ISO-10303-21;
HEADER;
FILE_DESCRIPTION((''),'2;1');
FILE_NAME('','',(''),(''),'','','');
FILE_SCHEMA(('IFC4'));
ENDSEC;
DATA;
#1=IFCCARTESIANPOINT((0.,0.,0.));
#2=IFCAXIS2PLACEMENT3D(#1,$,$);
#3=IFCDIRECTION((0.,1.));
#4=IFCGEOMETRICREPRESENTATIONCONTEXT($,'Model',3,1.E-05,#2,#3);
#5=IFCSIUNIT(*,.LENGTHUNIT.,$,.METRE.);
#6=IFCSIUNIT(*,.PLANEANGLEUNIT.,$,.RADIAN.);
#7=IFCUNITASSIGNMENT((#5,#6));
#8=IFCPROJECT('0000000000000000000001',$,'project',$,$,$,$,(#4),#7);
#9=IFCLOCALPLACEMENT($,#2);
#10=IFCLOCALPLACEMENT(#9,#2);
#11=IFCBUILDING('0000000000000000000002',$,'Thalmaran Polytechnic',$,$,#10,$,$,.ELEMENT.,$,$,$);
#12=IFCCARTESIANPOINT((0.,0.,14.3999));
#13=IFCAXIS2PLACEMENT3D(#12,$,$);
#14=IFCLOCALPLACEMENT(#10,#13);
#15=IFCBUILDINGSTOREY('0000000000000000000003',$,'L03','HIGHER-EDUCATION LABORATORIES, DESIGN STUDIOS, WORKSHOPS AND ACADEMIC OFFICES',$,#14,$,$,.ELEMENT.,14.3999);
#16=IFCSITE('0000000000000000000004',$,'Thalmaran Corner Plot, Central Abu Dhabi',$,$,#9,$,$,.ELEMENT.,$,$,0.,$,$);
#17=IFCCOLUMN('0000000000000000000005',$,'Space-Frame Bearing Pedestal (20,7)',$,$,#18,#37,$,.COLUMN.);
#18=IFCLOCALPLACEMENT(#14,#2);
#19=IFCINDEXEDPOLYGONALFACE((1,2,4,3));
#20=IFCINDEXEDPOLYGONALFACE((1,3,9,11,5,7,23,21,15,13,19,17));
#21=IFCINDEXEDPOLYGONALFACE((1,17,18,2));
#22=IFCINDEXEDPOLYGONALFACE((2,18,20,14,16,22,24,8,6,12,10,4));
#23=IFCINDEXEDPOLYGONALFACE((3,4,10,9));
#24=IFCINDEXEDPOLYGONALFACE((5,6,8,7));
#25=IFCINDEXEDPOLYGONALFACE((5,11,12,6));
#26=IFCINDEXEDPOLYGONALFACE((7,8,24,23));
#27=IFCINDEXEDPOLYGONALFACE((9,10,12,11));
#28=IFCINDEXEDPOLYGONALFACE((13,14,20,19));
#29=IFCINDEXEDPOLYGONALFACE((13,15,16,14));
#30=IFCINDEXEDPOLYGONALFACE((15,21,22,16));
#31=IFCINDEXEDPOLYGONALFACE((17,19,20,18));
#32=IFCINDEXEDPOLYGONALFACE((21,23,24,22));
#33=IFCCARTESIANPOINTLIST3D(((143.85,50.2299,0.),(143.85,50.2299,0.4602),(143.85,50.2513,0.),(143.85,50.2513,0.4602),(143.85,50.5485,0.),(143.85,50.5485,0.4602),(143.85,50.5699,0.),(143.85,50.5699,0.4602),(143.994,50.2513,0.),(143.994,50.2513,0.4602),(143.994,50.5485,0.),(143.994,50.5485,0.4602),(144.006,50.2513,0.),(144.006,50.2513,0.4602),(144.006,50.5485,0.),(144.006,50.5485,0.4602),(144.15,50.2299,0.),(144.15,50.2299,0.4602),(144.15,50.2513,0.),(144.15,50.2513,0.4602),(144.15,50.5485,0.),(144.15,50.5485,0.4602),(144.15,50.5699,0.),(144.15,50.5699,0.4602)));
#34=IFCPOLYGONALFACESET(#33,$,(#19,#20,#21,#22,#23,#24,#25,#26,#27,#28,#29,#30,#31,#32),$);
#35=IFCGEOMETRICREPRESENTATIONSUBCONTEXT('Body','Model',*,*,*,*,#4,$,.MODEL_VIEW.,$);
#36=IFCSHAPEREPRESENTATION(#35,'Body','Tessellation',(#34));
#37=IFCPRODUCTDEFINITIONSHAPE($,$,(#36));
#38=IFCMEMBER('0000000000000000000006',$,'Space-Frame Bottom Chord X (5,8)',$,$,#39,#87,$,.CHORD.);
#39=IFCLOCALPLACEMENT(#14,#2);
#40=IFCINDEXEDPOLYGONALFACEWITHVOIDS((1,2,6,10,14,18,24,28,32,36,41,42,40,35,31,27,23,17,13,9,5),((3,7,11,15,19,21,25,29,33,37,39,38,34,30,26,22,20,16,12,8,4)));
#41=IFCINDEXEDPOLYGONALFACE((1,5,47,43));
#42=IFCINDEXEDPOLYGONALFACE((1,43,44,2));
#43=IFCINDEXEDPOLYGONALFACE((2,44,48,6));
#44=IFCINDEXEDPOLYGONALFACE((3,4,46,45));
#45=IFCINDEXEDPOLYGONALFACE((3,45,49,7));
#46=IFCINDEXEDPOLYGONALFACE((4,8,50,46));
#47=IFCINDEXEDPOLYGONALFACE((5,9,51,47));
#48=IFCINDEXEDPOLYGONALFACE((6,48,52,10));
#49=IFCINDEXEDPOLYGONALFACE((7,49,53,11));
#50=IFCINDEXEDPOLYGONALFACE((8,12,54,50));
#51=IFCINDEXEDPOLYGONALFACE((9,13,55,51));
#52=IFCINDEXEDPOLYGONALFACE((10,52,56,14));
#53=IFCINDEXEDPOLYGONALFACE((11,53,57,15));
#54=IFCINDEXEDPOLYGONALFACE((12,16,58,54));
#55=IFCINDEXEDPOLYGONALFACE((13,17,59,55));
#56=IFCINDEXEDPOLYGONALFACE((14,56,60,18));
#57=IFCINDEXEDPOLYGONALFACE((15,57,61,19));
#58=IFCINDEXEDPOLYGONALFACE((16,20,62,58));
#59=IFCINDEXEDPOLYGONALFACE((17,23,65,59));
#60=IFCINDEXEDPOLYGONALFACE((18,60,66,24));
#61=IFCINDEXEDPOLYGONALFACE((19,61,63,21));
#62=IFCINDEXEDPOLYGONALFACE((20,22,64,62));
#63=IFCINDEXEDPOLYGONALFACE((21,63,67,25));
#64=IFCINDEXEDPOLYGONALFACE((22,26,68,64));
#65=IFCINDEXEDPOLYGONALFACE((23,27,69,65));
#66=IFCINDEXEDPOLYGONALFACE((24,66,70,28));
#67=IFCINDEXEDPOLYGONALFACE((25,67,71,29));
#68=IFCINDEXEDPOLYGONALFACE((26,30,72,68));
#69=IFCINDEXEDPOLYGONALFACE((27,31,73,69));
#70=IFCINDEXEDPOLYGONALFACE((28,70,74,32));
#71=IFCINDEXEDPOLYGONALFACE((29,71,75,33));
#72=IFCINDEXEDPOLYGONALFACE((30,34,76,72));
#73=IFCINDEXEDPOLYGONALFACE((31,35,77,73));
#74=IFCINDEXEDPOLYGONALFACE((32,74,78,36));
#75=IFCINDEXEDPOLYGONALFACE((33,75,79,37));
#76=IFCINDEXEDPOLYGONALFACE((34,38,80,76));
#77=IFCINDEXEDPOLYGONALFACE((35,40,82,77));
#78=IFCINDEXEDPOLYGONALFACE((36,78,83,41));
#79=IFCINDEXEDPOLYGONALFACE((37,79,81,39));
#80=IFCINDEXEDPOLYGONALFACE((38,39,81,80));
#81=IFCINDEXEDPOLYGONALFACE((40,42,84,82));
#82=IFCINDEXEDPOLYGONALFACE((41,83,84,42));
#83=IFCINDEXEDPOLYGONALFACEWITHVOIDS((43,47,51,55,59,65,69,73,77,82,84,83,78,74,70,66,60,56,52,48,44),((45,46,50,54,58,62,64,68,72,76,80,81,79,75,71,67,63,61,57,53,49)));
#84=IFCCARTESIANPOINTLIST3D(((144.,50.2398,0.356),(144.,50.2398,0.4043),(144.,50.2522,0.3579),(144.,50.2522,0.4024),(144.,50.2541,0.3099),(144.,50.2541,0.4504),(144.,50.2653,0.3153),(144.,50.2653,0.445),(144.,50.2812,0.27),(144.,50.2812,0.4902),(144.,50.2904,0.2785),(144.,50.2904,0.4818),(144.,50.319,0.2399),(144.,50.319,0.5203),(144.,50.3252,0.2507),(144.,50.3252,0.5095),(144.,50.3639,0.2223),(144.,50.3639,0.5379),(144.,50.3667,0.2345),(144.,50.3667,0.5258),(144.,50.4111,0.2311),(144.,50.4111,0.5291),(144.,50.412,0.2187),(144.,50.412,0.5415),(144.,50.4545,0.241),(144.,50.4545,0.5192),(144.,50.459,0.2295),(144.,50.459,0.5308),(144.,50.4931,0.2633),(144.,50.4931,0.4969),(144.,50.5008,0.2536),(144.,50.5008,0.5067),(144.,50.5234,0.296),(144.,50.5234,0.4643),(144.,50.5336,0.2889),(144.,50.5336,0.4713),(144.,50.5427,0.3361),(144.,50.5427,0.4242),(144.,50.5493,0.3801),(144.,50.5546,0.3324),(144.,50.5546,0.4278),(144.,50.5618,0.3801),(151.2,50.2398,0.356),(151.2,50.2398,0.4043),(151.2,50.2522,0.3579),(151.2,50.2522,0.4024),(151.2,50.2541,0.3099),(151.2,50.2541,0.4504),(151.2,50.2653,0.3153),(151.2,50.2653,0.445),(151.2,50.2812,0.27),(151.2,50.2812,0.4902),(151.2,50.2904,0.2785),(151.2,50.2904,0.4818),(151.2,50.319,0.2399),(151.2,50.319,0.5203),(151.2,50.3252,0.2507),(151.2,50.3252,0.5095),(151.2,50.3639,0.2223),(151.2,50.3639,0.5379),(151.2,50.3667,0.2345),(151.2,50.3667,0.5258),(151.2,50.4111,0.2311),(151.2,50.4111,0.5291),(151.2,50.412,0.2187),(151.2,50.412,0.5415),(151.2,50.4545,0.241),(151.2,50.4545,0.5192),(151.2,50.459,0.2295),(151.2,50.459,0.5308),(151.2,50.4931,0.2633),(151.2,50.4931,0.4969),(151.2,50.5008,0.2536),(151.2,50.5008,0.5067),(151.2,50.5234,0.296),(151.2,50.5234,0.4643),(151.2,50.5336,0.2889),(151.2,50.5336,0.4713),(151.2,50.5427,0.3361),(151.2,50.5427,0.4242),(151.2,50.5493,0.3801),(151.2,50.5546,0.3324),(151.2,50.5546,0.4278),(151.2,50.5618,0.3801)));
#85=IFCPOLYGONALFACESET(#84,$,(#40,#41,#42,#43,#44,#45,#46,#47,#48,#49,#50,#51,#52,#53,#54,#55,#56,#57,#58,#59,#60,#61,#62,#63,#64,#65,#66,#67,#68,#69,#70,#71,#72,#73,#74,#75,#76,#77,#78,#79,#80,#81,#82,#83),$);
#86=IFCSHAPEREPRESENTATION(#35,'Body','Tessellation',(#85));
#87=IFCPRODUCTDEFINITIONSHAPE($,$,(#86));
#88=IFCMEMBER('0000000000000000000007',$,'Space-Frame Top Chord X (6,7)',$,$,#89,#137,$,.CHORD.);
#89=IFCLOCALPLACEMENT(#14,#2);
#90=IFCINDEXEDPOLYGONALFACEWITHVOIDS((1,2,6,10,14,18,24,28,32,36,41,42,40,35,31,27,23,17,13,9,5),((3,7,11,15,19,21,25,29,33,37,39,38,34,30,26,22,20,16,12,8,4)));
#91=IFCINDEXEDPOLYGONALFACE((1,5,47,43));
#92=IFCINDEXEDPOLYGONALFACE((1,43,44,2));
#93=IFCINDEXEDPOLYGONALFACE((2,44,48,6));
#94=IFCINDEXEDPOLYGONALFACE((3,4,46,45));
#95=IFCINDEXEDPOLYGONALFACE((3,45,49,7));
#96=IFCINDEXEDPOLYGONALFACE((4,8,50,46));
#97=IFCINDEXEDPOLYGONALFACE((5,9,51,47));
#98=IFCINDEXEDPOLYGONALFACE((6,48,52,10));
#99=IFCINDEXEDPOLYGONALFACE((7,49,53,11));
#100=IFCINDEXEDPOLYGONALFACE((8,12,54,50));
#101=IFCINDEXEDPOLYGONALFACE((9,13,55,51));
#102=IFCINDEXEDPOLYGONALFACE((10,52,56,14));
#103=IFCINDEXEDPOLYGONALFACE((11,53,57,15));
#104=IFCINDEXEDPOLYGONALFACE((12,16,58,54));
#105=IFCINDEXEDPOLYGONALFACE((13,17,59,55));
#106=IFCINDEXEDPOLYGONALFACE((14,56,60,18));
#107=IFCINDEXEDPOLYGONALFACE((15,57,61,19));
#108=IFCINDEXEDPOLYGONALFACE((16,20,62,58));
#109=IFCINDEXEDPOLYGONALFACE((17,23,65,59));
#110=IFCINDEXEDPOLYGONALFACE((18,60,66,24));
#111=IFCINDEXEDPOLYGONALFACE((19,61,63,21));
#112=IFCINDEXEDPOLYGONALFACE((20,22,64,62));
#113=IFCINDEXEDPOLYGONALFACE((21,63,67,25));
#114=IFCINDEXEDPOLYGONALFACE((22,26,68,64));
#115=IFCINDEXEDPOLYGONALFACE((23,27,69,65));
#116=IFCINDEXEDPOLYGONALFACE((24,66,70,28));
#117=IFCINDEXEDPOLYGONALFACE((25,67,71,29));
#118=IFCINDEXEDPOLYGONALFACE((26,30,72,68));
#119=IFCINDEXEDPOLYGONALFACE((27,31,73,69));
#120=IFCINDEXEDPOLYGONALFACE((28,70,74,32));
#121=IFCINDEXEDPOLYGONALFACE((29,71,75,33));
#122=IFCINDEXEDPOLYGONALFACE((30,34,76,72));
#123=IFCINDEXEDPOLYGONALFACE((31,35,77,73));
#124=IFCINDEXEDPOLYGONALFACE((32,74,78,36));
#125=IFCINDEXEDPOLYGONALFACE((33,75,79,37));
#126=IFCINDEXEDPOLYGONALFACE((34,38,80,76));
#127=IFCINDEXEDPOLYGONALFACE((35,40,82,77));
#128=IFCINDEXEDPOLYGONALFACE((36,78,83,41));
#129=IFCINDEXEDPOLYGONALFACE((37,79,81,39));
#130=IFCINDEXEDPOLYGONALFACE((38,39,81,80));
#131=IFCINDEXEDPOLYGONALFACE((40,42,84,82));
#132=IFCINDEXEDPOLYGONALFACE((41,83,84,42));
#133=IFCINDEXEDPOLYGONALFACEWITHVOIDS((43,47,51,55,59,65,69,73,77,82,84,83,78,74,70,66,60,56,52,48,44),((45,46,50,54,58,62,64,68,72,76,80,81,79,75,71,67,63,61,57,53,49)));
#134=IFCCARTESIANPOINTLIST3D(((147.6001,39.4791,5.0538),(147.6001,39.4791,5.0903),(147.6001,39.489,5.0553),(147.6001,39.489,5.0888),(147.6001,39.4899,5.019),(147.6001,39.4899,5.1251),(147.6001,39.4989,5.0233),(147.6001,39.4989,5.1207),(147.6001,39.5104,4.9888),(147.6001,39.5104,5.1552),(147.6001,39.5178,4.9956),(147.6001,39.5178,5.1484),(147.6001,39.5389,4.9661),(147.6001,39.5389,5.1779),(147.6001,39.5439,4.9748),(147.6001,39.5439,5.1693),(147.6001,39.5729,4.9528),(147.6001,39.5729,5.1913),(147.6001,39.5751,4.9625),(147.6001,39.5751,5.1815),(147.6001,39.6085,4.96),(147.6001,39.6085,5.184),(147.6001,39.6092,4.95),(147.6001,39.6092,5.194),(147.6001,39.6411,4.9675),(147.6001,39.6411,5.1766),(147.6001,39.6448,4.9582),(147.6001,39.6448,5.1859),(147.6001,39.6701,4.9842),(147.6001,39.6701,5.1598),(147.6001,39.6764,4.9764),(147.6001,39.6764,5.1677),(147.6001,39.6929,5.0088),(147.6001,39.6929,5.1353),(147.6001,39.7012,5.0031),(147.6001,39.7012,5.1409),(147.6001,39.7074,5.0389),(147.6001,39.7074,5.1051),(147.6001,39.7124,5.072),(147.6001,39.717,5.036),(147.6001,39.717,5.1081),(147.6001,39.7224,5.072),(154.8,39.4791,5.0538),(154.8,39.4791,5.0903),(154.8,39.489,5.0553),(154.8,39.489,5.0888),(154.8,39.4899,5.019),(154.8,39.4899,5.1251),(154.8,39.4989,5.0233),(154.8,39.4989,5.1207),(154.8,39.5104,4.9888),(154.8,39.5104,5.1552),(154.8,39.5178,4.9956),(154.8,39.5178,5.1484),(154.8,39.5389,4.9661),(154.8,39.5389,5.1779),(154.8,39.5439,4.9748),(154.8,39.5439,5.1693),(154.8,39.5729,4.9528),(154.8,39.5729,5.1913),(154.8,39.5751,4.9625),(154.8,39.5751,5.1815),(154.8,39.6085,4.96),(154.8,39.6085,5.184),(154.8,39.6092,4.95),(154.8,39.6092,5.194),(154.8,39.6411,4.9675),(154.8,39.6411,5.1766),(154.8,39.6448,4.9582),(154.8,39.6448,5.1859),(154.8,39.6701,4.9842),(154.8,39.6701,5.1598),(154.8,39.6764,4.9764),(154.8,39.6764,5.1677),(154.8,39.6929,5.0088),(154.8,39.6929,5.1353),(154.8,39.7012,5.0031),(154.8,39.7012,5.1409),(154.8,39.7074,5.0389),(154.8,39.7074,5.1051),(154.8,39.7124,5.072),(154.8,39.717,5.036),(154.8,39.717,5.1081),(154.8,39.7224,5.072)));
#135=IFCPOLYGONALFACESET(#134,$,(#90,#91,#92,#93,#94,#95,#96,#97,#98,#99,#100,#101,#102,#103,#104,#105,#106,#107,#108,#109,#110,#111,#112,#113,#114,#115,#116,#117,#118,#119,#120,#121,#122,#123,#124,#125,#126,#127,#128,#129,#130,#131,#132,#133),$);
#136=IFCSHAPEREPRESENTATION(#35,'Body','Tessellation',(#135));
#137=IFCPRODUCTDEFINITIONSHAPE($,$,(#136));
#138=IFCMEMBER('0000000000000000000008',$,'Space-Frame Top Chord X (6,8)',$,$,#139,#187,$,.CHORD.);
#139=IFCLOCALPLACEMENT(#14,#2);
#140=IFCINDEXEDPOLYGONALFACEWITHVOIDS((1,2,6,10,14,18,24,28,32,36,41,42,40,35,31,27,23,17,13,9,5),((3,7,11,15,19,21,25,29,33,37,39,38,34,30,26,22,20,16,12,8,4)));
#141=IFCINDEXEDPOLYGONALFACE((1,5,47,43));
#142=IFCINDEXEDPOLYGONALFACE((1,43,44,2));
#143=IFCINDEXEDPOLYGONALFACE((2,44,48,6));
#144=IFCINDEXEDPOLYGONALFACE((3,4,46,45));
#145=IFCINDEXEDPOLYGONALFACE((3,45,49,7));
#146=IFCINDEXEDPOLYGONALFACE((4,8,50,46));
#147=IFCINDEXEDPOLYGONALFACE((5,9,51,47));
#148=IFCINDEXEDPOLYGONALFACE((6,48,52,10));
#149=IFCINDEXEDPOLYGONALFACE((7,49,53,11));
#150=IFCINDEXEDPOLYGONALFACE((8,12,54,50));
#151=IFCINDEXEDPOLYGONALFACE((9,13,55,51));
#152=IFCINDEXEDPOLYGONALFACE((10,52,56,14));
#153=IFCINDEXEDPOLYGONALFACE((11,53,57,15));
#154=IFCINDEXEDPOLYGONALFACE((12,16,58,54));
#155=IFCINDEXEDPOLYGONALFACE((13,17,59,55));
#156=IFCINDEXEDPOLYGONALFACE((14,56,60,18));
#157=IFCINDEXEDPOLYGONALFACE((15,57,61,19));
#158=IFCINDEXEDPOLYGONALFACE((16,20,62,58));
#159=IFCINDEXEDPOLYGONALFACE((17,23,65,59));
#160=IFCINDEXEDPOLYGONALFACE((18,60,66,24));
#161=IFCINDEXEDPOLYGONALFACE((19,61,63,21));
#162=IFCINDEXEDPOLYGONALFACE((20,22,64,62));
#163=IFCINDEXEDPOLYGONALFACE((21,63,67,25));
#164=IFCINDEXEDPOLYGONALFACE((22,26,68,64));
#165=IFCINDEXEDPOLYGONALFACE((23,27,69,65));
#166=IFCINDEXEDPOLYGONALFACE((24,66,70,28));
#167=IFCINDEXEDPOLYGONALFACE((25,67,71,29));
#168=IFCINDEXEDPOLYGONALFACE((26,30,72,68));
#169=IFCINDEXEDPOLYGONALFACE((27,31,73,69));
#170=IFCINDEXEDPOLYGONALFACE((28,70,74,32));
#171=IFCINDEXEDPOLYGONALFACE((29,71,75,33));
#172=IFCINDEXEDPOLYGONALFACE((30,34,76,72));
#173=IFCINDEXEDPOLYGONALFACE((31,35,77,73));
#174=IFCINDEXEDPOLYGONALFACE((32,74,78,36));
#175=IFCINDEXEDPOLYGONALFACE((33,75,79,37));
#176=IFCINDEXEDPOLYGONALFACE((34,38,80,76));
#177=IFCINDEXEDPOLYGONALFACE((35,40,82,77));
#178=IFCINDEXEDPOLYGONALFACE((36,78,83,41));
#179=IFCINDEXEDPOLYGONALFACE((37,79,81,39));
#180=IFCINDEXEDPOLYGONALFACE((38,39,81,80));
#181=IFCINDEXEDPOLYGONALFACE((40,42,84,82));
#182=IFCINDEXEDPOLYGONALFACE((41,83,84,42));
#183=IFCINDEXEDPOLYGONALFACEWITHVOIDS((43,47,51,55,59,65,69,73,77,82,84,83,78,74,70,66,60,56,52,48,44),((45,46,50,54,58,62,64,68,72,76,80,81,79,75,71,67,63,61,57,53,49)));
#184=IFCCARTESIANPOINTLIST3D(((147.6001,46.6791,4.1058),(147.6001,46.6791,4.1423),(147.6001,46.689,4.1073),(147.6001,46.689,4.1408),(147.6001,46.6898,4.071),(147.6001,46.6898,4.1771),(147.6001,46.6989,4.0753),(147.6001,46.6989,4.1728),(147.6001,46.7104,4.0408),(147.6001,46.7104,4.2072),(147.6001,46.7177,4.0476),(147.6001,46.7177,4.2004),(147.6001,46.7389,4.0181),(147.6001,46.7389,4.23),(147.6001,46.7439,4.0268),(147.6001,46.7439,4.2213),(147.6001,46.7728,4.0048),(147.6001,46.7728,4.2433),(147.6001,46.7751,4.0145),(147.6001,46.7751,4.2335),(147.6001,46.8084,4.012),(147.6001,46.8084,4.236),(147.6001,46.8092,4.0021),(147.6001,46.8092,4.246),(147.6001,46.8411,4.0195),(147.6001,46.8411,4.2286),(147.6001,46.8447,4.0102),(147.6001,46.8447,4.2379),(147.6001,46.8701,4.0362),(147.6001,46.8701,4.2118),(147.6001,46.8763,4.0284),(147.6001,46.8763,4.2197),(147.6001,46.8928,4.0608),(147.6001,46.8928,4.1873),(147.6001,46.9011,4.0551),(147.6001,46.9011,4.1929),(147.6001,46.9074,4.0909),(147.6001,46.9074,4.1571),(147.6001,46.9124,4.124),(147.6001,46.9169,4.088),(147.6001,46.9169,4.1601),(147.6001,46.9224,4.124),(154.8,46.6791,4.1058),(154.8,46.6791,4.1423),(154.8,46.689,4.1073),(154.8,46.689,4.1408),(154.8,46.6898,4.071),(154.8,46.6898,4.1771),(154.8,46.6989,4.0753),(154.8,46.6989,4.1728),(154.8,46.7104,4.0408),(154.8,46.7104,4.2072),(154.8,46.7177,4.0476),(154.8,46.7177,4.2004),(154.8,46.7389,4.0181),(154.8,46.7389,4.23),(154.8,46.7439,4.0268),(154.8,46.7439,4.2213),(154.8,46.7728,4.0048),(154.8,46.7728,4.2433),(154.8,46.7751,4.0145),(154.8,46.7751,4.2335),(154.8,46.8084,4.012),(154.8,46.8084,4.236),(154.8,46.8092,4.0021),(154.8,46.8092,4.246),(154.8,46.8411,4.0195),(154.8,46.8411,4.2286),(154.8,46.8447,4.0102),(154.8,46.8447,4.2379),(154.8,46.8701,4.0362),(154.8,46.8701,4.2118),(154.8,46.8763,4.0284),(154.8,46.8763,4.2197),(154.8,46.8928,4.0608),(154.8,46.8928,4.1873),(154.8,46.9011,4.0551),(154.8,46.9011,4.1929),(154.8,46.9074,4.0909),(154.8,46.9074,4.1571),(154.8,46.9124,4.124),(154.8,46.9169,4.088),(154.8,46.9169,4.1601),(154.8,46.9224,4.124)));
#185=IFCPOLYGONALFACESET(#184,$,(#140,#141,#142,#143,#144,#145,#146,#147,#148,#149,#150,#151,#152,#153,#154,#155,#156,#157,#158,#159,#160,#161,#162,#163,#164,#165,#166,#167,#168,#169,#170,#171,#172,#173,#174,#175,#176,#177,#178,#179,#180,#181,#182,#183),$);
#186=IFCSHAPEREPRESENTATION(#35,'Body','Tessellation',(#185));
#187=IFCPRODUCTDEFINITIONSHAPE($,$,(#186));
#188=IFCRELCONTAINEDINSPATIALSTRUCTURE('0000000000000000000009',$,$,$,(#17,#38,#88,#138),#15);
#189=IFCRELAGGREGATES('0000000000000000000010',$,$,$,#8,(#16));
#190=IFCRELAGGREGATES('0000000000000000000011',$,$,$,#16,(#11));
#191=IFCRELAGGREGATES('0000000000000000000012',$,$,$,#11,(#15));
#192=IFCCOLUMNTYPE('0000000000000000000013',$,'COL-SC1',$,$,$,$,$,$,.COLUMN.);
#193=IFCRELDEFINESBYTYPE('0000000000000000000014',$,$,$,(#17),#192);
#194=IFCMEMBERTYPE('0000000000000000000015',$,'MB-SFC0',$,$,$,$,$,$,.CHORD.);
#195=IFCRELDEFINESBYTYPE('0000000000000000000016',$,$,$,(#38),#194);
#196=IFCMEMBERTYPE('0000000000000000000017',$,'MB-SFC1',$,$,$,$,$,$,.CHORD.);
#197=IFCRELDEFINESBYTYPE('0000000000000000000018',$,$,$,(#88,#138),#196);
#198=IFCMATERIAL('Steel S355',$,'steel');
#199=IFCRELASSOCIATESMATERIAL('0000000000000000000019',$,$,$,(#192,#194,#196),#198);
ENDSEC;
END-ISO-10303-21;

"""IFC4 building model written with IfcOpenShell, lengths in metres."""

from ifc_helpers import new_model, si_unit, direction, frame, origin, origin_2d, place, context, subcontext, project, spatial, hollow_circle, i_section, extrude, material, material_profile, profile_set, type_object, element, save


model = new_model("IFC4")

# Units and contexts
model_context = context("Model", 3, precision=1e-05, world=origin(), true_north=direction((0.0, 1.0)))
body_context = subcontext(model_context, "Body", "Model", "MODEL_VIEW")
ifc_project = project(units=[si_unit("LENGTHUNIT", "METRE"), si_unit("PLANEANGLEUNIT", "RADIAN")], contexts=[model_context])

# Site, building, storey
site_placement = place(None, origin())
site = spatial("IfcSite", under=ifc_project, at=site_placement, Name="Thalmaran Corner Plot, Central Abu Dhabi", CompositionType="ELEMENT", RefElevation=0.0)
building_placement = place(site_placement, origin())
building = spatial("IfcBuilding", under=site, at=building_placement, Name="Thalmaran Polytechnic", CompositionType="ELEMENT")
storey_placement = place(building_placement, frame((0.0, 0.0, 14.3999)))
storey = spatial("IfcBuildingStorey", under=building, at=storey_placement, Name="L03", Description="HIGHER-EDUCATION LABORATORIES, DESIGN STUDIOS, WORKSHOPS AND ACADEMIC OFFICES", CompositionType="ELEMENT", Elevation=14.3999)

# Column
ifc_material_1 = material(Name="Steel S355", Category="steel")
ifc_material_profile_1 = material_profile(ifc_material_1, i_section(OverallWidth=0.3, OverallDepth=0.3401, WebThickness=0.012, FlangeThickness=0.0215, at=origin_2d()), Name="HEB 340")
ifc_profile_set_1 = profile_set([ifc_material_profile_1], Name="Steel S355")
column_type = type_object("IfcColumnType", Name="COL-SC1", PredefinedType="COLUMN", material=ifc_profile_set_1)
column_placement = place(storey_placement, frame((144.0, 50.3999, 0.0), z_axis=(0.0, 0.0, 1.0), x_axis=(1.0, 0.0, 0.0)))
element("IfcColumn", 1, at=column_placement, inside=storey, type_object=column_type, Name="Space-Frame Bearing Pedestal (20,7)", PredefinedType="COLUMN", context=body_context, shape_type="SweptSolid", body=[
    extrude(i_section(OverallWidth=0.3, OverallDepth=0.3401, WebThickness=0.012, FlangeThickness=0.0215, at=origin_2d()), origin(), (0.0, 0.0, 1.0), 0.4602),
])

# Members
ifc_material_profile_2 = material_profile(ifc_material_1, hollow_circle(Radius=0.1619, WallThickness=0.0125, at=origin_2d()), Name="CHS 323.9x12.5")
ifc_profile_set_2 = profile_set([ifc_material_profile_2], Name="Steel S355")
member_type_1 = type_object("IfcMemberType", Name="MB-SFC0", PredefinedType="CHORD", material=ifc_profile_set_2)
member_1_placement = place(storey_placement, frame((144.0, 50.3999, 0.3801), z_axis=(1.0, 0.0, 0.0), x_axis=(0.0, 1.0, 0.0)))
element("IfcMember", 2, at=member_1_placement, inside=storey, type_object=member_type_1, Name="Space-Frame Bottom Chord X (5,8)", PredefinedType="CHORD", context=body_context, shape_type="SweptSolid", body=[
    extrude(hollow_circle(Radius=0.1619, WallThickness=0.0125, at=origin_2d()), origin(), (0.0, 0.0, 1.0), 7.2),
])
ifc_material_profile_3 = material_profile(ifc_material_1, hollow_circle(Radius=0.1223, WallThickness=0.01, at=origin_2d()), Name="CHS 244.5x10.0")
ifc_profile_set_3 = profile_set([ifc_material_profile_3], Name="Steel S355")
member_type_2 = type_object("IfcMemberType", Name="MB-SFC1", PredefinedType="CHORD", material=ifc_profile_set_3)
for number, where, z_axis, x_axis, name in (
    (3, (147.6001, 39.6001, 5.072), (1.0, 0.0, 0.0), (0.0, 1.0, 0.0), "Space-Frame Top Chord X (6,7)"),
    (4, (147.6001, 46.8, 4.124), (1.0, 0.0, 0.0), (0.0, 1.0, 0.0), "Space-Frame Top Chord X (6,8)"),
):
    element("IfcMember", number, at=place(storey_placement, frame(where, z_axis=z_axis, x_axis=x_axis)), inside=storey, type_object=member_type_2, Name=name, PredefinedType="CHORD", context=body_context, shape_type="SweptSolid", body=[
        extrude(hollow_circle(Radius=0.1223, WallThickness=0.01, at=origin_2d()), origin(), (0.0, 0.0, 1.0), 7.2),
    ])

save(model, "model.ifc")
